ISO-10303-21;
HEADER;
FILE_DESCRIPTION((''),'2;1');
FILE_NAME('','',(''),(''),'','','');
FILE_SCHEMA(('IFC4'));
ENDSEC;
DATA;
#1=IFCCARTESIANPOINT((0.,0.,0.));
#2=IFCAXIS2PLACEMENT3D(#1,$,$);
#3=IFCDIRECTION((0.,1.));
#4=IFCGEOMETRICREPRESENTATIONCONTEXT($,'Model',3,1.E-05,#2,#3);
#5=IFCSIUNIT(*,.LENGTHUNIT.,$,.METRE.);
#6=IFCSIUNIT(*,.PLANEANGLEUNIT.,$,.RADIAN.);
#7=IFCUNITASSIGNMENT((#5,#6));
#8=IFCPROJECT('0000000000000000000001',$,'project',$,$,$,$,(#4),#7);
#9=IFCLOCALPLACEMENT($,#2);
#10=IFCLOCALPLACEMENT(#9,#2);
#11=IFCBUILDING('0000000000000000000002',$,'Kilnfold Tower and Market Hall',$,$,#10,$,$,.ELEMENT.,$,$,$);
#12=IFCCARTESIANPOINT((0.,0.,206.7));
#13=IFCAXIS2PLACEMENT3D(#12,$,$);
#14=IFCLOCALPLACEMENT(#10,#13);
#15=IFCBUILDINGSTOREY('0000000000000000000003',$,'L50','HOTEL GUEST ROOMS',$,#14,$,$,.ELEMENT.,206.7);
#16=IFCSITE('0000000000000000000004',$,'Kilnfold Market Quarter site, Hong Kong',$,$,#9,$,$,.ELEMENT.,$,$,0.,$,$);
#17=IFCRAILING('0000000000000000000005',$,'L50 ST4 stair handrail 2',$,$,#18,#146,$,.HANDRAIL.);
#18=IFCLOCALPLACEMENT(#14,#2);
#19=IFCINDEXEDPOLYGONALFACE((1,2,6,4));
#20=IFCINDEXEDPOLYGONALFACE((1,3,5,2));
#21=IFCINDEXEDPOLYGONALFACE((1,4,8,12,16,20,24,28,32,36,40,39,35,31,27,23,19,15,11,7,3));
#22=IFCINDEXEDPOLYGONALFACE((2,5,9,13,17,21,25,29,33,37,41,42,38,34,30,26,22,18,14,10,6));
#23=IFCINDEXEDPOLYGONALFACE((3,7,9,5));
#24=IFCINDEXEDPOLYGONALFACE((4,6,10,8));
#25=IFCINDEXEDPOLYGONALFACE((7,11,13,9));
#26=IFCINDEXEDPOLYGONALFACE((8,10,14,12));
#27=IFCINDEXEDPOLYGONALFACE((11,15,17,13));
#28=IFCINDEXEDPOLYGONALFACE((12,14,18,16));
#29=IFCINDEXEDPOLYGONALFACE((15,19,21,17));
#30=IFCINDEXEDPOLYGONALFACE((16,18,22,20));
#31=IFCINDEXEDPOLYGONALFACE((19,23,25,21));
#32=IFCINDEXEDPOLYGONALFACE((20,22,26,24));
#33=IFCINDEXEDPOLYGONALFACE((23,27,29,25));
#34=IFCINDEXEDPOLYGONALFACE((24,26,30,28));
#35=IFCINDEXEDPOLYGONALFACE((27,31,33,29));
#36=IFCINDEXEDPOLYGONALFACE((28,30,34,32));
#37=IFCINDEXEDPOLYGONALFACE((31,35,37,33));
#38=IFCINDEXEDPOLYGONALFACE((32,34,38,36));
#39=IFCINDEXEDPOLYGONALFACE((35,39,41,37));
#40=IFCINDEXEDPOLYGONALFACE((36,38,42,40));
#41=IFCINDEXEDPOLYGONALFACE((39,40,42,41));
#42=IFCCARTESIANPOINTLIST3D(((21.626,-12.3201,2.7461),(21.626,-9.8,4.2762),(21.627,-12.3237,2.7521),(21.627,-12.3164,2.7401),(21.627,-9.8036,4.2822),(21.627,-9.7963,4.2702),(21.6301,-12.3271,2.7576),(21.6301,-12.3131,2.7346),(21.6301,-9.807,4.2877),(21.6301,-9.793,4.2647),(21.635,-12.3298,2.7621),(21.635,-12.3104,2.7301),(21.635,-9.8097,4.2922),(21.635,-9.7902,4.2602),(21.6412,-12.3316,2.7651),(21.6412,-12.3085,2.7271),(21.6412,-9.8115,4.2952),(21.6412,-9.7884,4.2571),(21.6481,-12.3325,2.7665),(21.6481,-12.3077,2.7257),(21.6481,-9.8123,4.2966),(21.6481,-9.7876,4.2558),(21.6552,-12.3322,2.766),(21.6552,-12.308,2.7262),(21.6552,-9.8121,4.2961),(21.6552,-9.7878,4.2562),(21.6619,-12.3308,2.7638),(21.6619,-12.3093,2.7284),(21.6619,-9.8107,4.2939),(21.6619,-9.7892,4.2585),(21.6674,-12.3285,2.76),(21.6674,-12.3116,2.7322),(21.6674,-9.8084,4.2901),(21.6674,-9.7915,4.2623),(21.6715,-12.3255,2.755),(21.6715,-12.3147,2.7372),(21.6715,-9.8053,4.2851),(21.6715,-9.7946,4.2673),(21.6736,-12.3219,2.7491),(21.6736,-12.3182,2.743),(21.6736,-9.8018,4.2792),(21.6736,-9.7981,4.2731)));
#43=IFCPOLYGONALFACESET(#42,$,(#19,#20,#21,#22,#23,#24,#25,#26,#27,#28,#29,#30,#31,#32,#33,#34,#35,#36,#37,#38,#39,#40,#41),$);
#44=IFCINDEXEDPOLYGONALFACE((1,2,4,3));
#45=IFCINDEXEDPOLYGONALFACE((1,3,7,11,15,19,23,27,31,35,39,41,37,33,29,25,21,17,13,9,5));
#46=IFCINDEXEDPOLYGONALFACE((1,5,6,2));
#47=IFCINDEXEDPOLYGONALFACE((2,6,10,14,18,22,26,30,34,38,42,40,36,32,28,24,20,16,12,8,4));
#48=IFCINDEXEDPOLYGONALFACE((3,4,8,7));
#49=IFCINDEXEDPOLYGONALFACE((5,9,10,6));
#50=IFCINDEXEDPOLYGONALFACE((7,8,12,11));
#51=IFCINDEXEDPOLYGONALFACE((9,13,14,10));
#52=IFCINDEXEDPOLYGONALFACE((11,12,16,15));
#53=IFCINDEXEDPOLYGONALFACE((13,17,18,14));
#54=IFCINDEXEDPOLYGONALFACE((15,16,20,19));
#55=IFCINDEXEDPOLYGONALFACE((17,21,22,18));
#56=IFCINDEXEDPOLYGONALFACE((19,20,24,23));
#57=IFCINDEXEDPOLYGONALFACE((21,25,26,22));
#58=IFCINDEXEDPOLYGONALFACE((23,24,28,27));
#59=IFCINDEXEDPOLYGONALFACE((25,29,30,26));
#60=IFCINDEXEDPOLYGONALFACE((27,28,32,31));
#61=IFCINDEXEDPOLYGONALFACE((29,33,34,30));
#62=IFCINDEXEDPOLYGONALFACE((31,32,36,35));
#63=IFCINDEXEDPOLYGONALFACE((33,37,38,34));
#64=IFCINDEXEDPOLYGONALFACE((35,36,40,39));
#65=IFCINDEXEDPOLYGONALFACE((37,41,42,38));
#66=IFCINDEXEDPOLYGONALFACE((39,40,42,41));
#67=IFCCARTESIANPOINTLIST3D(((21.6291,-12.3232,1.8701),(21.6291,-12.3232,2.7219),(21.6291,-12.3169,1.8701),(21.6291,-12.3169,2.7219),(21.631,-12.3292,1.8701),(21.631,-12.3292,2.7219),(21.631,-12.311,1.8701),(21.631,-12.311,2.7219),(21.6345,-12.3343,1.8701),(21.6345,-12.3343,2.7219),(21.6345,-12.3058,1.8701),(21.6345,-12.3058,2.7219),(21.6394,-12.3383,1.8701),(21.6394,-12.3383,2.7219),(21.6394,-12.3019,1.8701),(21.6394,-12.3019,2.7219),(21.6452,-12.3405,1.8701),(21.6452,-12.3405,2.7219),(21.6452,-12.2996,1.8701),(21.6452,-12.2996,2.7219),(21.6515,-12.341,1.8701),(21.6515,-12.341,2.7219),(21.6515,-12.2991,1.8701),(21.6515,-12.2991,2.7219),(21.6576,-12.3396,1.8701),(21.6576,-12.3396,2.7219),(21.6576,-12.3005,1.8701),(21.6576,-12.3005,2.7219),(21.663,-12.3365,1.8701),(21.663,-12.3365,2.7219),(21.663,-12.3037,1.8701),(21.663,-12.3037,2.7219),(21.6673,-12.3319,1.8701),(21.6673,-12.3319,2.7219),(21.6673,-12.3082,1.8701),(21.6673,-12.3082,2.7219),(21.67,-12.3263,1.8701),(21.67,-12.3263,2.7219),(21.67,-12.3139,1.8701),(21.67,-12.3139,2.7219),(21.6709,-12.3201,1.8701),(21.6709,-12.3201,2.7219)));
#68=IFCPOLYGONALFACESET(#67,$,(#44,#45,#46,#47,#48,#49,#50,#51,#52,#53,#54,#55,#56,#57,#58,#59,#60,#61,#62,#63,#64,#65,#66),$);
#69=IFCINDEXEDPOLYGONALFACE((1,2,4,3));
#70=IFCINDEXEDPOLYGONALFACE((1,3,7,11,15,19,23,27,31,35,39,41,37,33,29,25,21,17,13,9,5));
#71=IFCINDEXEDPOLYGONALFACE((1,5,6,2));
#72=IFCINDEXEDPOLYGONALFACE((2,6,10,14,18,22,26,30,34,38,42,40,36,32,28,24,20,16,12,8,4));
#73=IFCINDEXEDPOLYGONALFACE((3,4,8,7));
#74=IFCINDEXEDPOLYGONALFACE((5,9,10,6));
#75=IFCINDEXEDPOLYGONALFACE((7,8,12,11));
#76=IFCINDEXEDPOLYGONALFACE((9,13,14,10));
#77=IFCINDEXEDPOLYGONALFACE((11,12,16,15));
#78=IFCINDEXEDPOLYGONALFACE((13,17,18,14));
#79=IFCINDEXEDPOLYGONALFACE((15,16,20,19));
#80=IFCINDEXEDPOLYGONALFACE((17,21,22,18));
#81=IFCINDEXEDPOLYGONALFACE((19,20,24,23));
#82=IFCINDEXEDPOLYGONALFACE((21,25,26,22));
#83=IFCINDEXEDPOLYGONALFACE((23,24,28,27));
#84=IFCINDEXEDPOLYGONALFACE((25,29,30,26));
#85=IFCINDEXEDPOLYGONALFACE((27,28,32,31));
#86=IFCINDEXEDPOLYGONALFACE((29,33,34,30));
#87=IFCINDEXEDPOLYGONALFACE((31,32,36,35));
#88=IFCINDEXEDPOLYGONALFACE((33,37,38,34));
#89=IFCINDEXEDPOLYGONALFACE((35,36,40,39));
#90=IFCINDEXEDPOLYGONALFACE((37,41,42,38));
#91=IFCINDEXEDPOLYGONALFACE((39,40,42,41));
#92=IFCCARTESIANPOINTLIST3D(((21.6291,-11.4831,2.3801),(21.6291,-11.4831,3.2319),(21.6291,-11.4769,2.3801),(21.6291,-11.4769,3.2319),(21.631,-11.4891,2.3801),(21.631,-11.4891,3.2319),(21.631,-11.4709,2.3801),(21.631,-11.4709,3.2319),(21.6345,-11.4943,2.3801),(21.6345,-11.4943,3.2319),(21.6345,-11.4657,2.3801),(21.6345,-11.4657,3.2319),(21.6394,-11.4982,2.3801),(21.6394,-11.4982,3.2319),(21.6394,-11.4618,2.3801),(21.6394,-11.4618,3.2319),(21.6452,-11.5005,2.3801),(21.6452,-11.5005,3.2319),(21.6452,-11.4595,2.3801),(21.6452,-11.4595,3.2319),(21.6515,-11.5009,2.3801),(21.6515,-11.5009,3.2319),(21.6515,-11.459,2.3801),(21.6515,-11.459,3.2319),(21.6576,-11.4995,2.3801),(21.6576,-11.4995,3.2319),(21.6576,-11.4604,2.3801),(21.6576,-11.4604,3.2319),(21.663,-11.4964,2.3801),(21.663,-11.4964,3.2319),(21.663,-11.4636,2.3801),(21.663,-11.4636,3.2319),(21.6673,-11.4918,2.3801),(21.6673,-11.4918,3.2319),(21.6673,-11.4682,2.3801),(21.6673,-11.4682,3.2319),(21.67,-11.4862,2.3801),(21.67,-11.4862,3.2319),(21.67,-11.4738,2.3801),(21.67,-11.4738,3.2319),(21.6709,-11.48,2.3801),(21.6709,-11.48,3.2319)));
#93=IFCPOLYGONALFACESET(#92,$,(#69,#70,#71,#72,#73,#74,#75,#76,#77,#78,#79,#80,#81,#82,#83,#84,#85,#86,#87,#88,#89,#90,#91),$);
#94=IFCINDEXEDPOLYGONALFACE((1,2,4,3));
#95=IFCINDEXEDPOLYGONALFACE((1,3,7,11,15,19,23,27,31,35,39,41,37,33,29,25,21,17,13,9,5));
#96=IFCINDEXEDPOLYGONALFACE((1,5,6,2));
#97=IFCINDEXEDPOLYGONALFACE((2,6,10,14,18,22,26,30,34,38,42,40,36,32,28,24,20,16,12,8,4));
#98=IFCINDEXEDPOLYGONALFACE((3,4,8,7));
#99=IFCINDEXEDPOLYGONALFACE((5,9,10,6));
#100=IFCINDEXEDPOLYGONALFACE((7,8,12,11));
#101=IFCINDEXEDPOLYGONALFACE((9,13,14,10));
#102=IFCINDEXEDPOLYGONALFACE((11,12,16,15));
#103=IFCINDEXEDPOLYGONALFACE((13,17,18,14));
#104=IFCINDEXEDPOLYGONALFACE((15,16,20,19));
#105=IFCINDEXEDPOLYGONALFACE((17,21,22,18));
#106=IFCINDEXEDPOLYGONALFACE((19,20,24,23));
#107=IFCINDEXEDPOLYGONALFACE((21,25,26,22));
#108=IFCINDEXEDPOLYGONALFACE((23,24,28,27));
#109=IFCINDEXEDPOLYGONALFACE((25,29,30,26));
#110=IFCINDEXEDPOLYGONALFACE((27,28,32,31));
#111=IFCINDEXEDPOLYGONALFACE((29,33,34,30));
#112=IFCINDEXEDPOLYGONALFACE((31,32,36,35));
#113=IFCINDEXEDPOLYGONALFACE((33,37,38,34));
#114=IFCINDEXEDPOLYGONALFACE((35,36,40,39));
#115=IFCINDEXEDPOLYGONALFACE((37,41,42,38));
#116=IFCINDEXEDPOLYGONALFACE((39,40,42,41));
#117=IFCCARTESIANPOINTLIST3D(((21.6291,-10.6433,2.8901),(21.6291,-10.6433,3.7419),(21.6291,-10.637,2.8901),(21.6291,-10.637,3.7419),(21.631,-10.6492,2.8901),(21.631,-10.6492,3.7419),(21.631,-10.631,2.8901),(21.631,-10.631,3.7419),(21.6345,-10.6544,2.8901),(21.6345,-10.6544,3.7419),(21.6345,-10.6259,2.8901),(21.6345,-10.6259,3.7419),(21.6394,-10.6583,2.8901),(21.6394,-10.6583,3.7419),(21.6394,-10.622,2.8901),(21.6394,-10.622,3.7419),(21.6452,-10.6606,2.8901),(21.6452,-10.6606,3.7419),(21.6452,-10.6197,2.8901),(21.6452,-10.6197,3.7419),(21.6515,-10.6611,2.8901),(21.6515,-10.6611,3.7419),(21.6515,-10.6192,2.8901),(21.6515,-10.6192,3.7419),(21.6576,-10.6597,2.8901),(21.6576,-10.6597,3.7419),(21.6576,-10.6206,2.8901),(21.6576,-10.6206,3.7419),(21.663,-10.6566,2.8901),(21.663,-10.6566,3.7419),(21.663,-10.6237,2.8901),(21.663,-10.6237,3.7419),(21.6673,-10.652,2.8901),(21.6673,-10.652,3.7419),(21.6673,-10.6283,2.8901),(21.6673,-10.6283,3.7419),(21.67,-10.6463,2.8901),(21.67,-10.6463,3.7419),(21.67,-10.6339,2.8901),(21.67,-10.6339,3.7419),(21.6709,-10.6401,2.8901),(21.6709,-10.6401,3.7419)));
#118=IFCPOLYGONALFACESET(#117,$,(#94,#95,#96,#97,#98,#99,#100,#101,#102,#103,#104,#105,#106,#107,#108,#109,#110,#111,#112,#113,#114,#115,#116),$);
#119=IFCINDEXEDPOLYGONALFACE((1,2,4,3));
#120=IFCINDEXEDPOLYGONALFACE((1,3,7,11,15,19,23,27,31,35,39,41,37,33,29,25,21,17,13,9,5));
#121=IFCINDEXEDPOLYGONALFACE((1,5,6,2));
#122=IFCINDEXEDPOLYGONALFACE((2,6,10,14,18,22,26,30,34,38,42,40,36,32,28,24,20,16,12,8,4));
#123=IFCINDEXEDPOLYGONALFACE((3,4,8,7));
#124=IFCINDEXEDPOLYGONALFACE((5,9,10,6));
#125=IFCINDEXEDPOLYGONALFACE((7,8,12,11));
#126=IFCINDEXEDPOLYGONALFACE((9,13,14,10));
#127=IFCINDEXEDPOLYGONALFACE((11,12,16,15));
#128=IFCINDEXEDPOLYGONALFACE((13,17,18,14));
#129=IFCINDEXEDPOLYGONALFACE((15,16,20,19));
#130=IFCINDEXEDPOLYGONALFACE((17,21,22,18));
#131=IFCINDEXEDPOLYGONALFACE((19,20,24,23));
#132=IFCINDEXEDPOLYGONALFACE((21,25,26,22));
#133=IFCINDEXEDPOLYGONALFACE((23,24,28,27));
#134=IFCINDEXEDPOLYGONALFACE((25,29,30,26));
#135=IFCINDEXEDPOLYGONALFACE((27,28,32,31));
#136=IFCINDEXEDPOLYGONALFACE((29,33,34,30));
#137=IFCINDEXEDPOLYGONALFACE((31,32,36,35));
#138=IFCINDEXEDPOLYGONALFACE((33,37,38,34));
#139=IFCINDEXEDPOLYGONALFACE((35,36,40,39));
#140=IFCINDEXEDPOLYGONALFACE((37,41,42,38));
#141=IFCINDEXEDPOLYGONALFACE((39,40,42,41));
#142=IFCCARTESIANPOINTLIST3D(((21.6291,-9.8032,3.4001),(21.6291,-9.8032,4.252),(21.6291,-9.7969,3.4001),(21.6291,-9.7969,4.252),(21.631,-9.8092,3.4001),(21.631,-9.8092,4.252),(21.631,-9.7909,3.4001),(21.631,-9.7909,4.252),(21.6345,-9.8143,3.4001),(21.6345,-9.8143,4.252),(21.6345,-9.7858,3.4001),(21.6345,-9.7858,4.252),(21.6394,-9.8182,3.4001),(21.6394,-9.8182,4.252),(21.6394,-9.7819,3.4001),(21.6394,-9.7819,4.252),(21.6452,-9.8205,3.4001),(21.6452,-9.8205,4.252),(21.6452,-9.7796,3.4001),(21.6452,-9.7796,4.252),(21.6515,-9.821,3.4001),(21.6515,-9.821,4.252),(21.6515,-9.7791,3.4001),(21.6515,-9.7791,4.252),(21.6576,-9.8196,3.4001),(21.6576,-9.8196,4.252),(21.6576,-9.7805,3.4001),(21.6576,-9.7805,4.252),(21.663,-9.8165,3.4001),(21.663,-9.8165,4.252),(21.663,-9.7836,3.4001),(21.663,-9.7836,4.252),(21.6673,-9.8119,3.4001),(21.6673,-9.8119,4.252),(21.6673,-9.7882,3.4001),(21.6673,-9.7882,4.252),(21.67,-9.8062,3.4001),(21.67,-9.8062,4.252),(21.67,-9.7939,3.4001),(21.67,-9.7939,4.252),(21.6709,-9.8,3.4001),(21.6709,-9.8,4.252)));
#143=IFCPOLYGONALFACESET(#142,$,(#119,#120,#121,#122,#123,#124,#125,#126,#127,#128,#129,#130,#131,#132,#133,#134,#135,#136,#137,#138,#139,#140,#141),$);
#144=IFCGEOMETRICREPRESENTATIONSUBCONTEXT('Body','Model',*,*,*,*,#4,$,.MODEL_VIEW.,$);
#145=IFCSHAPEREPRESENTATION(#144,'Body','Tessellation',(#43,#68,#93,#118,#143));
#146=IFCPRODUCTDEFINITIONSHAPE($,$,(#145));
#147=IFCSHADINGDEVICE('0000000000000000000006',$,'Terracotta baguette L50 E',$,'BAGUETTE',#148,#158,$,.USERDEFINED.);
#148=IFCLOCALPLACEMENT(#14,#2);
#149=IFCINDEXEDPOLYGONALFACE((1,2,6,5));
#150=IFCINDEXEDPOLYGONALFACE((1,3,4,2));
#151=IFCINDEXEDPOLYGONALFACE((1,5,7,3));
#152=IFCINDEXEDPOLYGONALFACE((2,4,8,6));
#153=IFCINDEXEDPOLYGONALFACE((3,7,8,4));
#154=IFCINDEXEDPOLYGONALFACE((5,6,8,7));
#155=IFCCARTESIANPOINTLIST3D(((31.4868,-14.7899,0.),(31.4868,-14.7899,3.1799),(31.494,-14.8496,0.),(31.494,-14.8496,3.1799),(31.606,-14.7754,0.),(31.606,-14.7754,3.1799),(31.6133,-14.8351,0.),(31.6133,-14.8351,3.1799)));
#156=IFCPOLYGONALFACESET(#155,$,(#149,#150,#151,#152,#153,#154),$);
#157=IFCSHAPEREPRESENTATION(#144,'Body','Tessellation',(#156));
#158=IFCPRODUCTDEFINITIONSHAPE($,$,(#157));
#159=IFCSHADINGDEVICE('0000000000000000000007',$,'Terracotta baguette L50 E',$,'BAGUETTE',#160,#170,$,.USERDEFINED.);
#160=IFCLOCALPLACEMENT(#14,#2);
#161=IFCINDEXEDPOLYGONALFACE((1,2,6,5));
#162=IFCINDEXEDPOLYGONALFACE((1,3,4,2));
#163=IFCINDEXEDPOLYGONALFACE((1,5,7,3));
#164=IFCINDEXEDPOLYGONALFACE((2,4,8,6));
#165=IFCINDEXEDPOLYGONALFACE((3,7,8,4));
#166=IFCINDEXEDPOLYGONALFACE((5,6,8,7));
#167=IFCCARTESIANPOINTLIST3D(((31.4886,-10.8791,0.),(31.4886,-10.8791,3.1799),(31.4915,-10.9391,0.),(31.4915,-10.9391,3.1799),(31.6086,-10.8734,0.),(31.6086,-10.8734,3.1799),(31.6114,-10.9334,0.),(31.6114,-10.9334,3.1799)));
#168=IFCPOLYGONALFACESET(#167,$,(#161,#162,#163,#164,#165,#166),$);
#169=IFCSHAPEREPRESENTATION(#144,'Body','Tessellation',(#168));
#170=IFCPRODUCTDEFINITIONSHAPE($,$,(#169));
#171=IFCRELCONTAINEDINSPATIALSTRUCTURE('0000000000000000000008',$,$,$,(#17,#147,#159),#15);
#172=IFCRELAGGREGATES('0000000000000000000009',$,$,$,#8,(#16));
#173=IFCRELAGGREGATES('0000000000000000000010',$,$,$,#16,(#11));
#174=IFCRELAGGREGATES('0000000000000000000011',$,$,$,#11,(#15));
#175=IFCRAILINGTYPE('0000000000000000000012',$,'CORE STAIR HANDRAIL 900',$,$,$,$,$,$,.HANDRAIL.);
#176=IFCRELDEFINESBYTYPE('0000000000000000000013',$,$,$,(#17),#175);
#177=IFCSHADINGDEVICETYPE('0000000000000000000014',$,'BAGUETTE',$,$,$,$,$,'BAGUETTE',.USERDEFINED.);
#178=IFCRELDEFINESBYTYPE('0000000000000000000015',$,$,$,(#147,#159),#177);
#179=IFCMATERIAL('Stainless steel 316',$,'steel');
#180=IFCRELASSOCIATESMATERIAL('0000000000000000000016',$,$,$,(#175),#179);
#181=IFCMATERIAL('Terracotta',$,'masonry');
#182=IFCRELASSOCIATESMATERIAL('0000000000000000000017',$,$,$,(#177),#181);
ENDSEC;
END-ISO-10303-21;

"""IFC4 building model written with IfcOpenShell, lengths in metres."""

from ifc_helpers import new_model, si_unit, direction, frame, origin, origin_2d, place, context, subcontext, project, spatial, rectangle, circle, extrude, source, transform, mapped, material, material_profile, profile_set, type_object, element, save


model = new_model("IFC4")

# Units and contexts
model_context = context("Model", 3, precision=1e-05, world=origin(), true_north=direction((0.0, 1.0)))
body_context = subcontext(model_context, "Body", "Model", "MODEL_VIEW")
ifc_project = project(units=[si_unit("LENGTHUNIT", "METRE"), si_unit("PLANEANGLEUNIT", "RADIAN")], contexts=[model_context])

# Site, building, storey
site_placement = place(None, origin())
site = spatial("IfcSite", under=ifc_project, at=site_placement, Name="Kilnfold Market Quarter site, Hong Kong", CompositionType="ELEMENT", RefElevation=0.0)
building_placement = place(site_placement, origin())
building = spatial("IfcBuilding", under=site, at=building_placement, Name="Kilnfold Tower and Market Hall", CompositionType="ELEMENT")
storey_placement = place(building_placement, frame((0.0, 0.0, 206.7)))
storey = spatial("IfcBuildingStorey", under=building, at=storey_placement, Name="L50", Description="HOTEL GUEST ROOMS", CompositionType="ELEMENT", Elevation=206.7)

# Railing
ifc_material_1 = material(Name="Stainless steel 316", Category="steel")
railing_type = type_object("IfcRailingType", Name="CORE STAIR HANDRAIL 900", PredefinedType="HANDRAIL", material=ifc_material_1)
railing_placement = place(storey_placement, frame((21.6499, -12.3201, 1.8701)))
element("IfcRailing", 1, at=railing_placement, inside=storey, type_object=railing_type, Name="L50 ST4 stair handrail 2", PredefinedType="HANDRAIL", context=body_context, shape_type="SweptSolid", body=[
    extrude(circle(Radius=0.0239, at=origin_2d()), frame((0.0, 0.0, 0.876), z_axis=(0.0, 0.854785, 0.518982), x_axis=(-1.0, 0.0, 0.0)), (0.0, 0.0, 1.0), 2.9482),
    extrude(circle(Radius=0.021, at=origin_2d()), origin(), (0.0, 0.0, 1.0), 0.8518),
    extrude(circle(Radius=0.021, at=origin_2d()), frame((0.0, 0.8401, 0.51)), (0.0, 0.0, 1.0), 0.8518),
    extrude(circle(Radius=0.021, at=origin_2d()), frame((0.0, 1.6799, 1.02)), (0.0, 0.0, 1.0), 0.8518),
    extrude(circle(Radius=0.021, at=origin_2d()), frame((0.0, 2.52, 1.53)), (0.0, 0.0, 1.0), 0.8518),
])

# Shading devices
ifc_material_2 = material(Name="Terracotta", Category="masonry")
ifc_material_profile_1 = material_profile(ifc_material_2, rectangle(XDim=0.0601, YDim=0.1201, at=origin_2d()), Name="BAG 60x120")
ifc_profile_set_1 = profile_set([ifc_material_profile_1], Name="Terracotta")
shading_device_type = type_object("IfcShadingDeviceType", Name="BAGUETTE", ElementType="BAGUETTE", PredefinedType="USERDEFINED", material=ifc_profile_set_1)
shared_shape_1 = source(origin(), body_context, "Body", "SweptSolid", [
    extrude(rectangle(XDim=0.0601, YDim=0.1201, at=origin_2d()), origin(), (0.0, 0.0, 1.0), 3.1799),
])
for number, where, z_axis, x_axis, name in (
    (2, (31.55, -14.8125, 0.0), (0.0, 0.0, 1.0), (-0.120561, 0.992706, 0.0), "Terracotta baguette L50 E"),
    (3, (31.55, -10.9062, 0.0), (0.0, 0.0, 1.0), (-0.046834, 0.998903, 0.0), "Terracotta baguette L50 E"),
):
    element("IfcShadingDevice", number, at=place(storey_placement, frame(where, z_axis=z_axis, x_axis=x_axis)), inside=storey, type_object=shading_device_type, Name=name, ObjectType="BAGUETTE", PredefinedType="USERDEFINED", context=body_context, shape_type="MappedRepresentation", body=[
        mapped(shared_shape_1, transform((0.0, 0.0, 0.0))),
    ])

save(model, "model.ifc")
